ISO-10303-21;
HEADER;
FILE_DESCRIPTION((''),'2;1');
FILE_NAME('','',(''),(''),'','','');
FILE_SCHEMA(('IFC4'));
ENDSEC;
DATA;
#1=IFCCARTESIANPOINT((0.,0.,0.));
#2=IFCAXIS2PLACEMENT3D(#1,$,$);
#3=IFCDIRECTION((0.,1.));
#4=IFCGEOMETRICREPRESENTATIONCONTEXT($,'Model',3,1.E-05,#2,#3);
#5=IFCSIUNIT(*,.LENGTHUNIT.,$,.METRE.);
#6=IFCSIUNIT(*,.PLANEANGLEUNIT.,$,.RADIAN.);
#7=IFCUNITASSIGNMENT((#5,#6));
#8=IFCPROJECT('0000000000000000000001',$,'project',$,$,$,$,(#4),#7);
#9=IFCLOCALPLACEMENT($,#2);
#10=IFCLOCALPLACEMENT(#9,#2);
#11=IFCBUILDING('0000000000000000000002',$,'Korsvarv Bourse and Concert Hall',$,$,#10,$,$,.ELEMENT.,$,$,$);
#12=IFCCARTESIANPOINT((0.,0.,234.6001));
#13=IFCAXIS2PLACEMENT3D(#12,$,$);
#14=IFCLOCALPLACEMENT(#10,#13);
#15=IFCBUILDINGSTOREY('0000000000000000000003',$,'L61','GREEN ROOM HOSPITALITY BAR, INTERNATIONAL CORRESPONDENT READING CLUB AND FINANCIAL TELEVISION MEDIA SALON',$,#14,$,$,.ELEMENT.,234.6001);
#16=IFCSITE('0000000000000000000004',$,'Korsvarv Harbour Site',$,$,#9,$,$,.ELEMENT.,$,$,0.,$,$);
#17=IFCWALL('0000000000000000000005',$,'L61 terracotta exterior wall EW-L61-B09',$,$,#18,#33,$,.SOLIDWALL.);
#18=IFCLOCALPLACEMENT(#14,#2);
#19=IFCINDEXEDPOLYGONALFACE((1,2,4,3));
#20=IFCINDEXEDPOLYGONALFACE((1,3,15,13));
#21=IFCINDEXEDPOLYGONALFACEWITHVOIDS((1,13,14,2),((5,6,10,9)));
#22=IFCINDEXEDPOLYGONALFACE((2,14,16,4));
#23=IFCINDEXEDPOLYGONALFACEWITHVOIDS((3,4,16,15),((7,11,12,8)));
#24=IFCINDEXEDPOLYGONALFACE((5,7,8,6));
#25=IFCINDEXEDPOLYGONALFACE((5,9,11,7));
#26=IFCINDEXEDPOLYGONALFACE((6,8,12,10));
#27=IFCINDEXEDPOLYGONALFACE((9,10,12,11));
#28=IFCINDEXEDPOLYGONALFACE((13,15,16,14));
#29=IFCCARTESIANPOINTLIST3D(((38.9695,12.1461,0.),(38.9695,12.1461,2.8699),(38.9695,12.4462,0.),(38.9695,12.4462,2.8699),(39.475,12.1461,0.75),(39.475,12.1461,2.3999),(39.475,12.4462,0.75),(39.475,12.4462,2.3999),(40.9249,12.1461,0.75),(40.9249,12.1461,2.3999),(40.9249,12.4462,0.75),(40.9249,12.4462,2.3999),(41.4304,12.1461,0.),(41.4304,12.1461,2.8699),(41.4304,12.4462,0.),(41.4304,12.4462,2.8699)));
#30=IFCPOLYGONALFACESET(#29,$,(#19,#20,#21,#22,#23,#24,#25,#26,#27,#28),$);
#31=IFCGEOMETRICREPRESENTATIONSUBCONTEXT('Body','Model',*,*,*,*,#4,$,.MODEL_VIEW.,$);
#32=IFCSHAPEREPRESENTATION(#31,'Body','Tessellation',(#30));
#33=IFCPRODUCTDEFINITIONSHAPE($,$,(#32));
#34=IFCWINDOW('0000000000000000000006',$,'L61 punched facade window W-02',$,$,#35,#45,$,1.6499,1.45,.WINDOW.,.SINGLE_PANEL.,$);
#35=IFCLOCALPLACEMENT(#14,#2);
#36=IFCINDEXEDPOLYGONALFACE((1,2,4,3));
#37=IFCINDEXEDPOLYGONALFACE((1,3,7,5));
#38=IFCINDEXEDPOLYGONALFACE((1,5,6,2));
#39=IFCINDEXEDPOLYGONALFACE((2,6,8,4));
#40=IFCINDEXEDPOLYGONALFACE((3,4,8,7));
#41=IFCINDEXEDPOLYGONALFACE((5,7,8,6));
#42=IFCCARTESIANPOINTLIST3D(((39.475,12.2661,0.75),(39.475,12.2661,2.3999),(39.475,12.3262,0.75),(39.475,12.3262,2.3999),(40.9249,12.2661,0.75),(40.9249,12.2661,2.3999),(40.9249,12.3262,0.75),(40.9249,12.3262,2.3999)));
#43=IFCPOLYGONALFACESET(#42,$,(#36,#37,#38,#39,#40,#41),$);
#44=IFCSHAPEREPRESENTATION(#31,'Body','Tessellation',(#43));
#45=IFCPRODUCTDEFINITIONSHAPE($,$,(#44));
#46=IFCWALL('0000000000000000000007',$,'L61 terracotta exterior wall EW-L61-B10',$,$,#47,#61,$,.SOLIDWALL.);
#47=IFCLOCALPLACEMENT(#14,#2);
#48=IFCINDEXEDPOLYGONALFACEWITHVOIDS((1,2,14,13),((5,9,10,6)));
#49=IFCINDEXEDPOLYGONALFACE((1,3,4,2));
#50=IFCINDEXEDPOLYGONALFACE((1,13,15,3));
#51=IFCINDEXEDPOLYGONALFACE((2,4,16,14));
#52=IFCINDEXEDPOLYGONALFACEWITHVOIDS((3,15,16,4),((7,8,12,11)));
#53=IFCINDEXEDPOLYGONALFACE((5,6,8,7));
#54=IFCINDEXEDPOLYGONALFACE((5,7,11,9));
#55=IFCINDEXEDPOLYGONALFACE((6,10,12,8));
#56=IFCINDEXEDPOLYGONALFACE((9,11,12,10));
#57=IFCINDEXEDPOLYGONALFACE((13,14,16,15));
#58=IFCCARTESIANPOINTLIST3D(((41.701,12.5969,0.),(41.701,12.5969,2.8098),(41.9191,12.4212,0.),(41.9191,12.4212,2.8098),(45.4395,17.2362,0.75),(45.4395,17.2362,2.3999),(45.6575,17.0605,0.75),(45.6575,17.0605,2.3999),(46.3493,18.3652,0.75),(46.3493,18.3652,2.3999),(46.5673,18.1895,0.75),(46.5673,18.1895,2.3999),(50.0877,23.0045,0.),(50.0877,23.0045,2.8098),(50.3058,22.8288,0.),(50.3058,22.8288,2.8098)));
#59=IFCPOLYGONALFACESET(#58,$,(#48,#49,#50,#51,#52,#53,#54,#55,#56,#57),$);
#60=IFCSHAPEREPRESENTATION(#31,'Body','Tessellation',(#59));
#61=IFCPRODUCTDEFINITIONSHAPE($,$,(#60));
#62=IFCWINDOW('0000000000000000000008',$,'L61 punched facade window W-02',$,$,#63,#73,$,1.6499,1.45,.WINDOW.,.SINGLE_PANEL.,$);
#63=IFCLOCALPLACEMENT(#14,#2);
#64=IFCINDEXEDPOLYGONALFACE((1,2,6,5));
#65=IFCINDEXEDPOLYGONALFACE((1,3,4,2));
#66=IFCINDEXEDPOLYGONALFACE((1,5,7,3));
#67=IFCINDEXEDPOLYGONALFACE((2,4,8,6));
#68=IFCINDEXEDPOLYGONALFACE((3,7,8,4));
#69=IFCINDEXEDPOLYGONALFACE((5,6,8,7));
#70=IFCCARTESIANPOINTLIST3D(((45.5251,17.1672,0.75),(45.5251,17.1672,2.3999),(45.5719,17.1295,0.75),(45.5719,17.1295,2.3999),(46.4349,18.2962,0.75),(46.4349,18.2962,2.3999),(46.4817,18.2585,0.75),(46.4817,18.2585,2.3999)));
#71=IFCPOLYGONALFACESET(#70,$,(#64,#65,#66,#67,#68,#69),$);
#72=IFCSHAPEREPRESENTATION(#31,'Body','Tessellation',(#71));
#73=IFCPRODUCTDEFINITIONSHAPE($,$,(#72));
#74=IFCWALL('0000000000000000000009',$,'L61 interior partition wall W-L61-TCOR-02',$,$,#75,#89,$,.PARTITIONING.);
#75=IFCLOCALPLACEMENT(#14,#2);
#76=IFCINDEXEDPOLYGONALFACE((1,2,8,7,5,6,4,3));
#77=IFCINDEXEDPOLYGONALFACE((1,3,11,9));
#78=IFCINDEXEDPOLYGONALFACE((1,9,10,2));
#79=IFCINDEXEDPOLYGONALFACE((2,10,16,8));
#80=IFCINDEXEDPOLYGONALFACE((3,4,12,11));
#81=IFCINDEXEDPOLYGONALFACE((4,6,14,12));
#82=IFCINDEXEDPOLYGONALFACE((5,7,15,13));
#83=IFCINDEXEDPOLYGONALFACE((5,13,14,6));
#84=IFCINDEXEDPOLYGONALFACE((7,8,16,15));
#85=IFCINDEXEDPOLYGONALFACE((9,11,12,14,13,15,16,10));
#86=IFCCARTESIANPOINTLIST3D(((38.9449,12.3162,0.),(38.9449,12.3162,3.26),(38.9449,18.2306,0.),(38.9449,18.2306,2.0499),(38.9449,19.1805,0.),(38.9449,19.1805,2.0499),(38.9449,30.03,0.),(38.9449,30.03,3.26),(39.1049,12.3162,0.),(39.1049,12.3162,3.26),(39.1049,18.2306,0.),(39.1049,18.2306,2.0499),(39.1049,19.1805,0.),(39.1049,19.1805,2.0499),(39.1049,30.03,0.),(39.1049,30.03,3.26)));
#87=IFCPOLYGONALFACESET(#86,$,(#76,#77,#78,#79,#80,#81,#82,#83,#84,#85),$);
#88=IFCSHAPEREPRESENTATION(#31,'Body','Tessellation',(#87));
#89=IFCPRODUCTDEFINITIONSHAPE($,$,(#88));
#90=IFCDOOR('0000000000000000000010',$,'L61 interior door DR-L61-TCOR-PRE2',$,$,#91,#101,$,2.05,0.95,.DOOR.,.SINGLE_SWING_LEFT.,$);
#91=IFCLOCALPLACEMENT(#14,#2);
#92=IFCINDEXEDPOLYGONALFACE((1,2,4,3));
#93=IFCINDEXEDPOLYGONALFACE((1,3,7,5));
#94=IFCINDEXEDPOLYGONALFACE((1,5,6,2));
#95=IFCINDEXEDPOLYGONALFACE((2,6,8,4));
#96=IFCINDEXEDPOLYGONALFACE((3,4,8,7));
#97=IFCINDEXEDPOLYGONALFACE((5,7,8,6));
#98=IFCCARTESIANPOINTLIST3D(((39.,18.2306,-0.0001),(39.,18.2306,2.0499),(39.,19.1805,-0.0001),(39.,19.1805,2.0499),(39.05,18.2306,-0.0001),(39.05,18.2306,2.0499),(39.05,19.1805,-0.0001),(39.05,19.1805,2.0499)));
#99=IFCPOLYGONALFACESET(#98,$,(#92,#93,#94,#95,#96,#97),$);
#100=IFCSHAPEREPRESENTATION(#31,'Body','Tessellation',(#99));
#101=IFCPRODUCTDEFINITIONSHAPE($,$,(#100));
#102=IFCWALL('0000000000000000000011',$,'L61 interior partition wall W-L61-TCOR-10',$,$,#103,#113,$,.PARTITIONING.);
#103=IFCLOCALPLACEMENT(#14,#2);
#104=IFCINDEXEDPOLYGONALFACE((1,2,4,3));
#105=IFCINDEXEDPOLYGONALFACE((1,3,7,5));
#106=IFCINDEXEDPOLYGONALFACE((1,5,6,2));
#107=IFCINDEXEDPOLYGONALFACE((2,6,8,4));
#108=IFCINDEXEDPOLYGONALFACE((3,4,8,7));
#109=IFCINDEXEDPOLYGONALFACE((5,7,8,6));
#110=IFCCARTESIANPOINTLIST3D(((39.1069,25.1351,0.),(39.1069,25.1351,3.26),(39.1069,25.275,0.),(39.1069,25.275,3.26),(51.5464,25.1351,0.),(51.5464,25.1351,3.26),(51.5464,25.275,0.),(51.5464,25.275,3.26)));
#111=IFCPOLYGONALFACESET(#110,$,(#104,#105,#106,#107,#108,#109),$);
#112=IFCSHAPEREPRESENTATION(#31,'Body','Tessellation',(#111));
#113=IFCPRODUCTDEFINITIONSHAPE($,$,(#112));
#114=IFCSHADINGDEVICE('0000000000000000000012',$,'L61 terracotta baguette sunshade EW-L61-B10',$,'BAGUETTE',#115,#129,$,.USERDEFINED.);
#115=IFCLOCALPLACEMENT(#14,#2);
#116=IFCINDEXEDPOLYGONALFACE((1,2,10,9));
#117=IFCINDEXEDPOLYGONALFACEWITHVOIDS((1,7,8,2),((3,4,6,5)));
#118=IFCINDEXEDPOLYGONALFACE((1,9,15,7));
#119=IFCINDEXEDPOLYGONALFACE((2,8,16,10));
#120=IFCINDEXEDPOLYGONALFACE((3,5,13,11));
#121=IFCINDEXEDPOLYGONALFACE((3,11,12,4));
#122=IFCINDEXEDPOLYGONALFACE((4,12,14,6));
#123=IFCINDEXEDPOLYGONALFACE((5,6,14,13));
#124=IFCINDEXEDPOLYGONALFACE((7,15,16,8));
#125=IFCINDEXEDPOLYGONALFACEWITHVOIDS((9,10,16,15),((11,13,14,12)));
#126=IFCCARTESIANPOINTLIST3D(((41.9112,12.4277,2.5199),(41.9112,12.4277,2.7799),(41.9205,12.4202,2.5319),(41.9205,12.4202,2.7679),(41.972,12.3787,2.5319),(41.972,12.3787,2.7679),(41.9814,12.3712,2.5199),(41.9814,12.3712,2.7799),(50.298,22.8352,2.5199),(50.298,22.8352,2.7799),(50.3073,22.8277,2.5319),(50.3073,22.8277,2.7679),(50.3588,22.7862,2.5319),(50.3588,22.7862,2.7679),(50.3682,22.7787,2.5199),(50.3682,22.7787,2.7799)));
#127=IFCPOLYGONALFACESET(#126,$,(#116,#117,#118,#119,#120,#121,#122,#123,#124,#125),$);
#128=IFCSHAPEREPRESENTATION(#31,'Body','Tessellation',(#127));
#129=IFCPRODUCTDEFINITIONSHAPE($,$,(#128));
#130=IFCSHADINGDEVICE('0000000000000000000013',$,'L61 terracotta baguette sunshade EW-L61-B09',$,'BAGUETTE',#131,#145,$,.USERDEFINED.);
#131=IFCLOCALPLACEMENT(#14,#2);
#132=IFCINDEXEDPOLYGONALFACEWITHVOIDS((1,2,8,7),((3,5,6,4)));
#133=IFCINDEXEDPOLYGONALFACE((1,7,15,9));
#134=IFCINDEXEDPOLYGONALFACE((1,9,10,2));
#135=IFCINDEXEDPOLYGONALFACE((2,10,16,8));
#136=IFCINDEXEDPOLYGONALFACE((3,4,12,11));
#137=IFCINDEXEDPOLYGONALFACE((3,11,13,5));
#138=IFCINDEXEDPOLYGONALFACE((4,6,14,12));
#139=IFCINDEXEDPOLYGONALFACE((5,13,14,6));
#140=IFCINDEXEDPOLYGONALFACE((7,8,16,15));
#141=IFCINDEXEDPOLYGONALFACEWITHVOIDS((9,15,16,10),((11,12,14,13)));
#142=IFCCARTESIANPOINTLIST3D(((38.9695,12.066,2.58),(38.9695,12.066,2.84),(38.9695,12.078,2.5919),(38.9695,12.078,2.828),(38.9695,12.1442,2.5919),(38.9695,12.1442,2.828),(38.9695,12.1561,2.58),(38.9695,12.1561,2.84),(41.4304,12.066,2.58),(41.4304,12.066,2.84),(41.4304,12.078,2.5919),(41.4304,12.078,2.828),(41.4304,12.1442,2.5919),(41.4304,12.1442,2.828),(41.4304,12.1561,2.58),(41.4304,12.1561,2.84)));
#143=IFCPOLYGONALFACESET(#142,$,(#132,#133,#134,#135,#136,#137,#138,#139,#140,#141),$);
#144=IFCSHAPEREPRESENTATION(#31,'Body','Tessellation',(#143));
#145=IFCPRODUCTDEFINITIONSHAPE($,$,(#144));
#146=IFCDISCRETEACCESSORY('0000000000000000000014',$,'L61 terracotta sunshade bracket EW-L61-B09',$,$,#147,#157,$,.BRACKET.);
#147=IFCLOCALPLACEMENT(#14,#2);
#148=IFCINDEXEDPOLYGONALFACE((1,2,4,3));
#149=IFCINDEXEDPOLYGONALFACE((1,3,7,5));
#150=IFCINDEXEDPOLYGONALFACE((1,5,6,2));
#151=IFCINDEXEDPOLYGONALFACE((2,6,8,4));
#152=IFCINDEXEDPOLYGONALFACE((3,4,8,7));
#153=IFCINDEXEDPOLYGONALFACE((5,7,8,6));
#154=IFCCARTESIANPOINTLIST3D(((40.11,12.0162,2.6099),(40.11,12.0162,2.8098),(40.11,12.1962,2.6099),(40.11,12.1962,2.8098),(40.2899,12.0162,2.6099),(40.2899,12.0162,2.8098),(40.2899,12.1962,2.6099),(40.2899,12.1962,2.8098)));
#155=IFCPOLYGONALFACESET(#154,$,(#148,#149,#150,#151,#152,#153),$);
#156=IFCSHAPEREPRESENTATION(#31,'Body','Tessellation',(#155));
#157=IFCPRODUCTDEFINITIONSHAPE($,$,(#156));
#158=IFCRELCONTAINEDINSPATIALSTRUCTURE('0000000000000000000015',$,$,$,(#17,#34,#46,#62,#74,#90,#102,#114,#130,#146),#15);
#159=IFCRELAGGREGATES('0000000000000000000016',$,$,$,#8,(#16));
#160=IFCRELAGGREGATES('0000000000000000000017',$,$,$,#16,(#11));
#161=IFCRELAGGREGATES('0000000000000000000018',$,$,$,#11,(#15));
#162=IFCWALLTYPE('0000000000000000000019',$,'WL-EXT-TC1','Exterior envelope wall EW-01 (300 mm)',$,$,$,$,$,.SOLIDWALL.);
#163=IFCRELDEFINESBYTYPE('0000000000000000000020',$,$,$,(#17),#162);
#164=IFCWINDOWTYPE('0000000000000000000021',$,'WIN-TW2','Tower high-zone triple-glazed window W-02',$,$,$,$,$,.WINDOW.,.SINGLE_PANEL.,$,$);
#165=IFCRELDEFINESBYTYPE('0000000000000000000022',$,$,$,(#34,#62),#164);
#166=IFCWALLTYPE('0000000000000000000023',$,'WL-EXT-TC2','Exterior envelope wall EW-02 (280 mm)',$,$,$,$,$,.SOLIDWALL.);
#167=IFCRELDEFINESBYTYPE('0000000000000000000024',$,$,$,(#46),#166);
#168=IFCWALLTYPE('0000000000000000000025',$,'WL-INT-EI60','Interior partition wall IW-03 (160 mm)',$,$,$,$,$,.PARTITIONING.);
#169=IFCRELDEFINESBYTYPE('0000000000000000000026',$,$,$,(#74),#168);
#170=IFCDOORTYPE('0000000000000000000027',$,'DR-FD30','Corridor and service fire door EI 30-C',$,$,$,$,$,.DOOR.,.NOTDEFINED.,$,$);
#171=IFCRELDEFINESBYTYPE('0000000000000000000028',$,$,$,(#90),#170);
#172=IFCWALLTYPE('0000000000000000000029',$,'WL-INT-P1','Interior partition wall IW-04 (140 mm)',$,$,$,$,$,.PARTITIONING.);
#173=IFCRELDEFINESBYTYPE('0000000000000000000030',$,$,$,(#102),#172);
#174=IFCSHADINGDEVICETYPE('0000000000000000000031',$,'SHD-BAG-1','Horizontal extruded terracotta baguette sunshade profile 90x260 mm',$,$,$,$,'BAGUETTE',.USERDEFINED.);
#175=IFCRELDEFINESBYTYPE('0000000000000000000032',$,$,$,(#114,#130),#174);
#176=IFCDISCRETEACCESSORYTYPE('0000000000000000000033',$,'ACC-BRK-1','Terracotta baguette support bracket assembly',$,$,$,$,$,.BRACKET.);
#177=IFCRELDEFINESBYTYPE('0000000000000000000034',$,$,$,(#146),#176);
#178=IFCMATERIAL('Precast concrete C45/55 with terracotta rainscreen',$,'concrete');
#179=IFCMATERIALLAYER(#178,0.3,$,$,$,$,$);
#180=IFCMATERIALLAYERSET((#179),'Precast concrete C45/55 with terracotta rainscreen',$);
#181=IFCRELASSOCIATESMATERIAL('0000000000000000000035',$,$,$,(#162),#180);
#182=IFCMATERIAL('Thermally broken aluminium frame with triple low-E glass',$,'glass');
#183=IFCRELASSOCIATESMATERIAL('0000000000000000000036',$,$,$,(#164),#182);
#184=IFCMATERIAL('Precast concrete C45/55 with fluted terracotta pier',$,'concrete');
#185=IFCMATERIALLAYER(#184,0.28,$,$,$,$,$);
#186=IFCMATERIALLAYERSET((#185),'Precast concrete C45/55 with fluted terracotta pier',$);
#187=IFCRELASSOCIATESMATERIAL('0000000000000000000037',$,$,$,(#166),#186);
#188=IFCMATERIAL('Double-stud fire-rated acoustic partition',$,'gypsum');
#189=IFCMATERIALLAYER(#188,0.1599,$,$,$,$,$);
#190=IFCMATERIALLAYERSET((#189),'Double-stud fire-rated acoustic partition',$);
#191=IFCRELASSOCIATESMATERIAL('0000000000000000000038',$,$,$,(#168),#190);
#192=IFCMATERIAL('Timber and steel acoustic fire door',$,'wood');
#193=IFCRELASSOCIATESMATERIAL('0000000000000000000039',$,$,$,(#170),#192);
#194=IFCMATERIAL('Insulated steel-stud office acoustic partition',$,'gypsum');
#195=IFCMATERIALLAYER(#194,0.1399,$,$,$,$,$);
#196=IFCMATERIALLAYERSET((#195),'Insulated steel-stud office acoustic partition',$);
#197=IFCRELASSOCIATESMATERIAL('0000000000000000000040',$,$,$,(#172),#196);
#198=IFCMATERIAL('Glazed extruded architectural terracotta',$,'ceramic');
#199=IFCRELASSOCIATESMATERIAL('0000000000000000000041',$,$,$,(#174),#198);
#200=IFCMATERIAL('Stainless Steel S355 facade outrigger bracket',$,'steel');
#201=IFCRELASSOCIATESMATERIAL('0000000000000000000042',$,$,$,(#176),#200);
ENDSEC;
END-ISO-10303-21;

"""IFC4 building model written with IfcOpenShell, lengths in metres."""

from ifc_helpers import new_model, si_unit, direction, frame, frame_2d, origin, origin_2d, place, context, subcontext, project, spatial, rectangle, hollow_rectangle, extrude, source, transform, mapped, material, layer, layer_set, material_profile, profile_set, type_object, element, fill, save


model = new_model("IFC4")

# Units and contexts
model_context = context("Model", 3, precision=1e-05, world=origin(), true_north=direction((0.0, 1.0)))
body_context = subcontext(model_context, "Body", "Model", "MODEL_VIEW")
ifc_project = project(units=[si_unit("LENGTHUNIT", "METRE"), si_unit("PLANEANGLEUNIT", "RADIAN")], contexts=[model_context])

# Site, building, storey
site_placement = place(None, origin())
site = spatial("IfcSite", under=ifc_project, at=site_placement, Name="Korsvarv Harbour Site", CompositionType="ELEMENT", RefElevation=0.0)
building_placement = place(site_placement, origin())
building = spatial("IfcBuilding", under=site, at=building_placement, Name="Korsvarv Bourse and Concert Hall", CompositionType="ELEMENT")
storey_placement = place(building_placement, frame((0.0, 0.0, 234.6001)))
storey = spatial("IfcBuildingStorey", under=building, at=storey_placement, Name="L61", Description="GREEN ROOM HOSPITALITY BAR, INTERNATIONAL CORRESPONDENT READING CLUB AND FINANCIAL TELEVISION MEDIA SALON", CompositionType="ELEMENT", Elevation=234.6001)

# Walls, openings, windows
ifc_material_1 = material(Name="Precast concrete C45/55 with terracotta rainscreen", Category="concrete")
ifc_layer_1 = layer(ifc_material_1, 0.3)
ifc_layer_set_1 = layer_set([ifc_layer_1], Name="Precast concrete C45/55 with terracotta rainscreen")
wall_type_1 = type_object("IfcWallType", Name="WL-EXT-TC1", Description="Exterior envelope wall EW-01 (300 mm)", PredefinedType="SOLIDWALL", material=ifc_layer_set_1)
wall_1_placement = place(storey_placement, frame((38.9695, 12.2961, 0.0), z_axis=(0.0, 0.0, 1.0), x_axis=(1.0, 0.0, 0.0)))
wall_1 = element("IfcWall", 1, at=wall_1_placement, inside=storey, type_object=wall_type_1, Name="L61 terracotta exterior wall EW-L61-B09", PredefinedType="SOLIDWALL", context=body_context, shape_type="SweptSolid", body=[
    extrude(rectangle(XDim=2.4609, YDim=0.3, at=frame_2d((1.2305, 0.0))), origin(), (0.0, 0.0, 1.0), 2.8699),
])
opening_1_placement = place(wall_1_placement, frame((0.5054, 0.0, 0.75)))
opening_1 = element("IfcOpeningElement", 2, at=opening_1_placement, cuts=wall_1, PredefinedType="OPENING", context=body_context, shape_type="SweptSolid", body=[
    extrude(rectangle(XDim=1.45, YDim=1.6499, at=frame_2d((0.7251, 0.825))), frame((0.0, 0.1602, 0.0), z_axis=(0.0, -1.0, 0.0), x_axis=(1.0, 0.0, 0.0)), (0.0, 0.0, 1.0), 0.3201),
])
ifc_material_2 = material(Name="Thermally broken aluminium frame with triple low-E glass", Category="glass")
window_type = type_object("IfcWindowType", Name="WIN-TW2", Description="Tower high-zone triple-glazed window W-02", PartitioningType="SINGLE_PANEL", PredefinedType="WINDOW", material=ifc_material_2)
window_1_placement = place(opening_1_placement, origin())
window_1 = element("IfcWindow", 3, at=window_1_placement, inside=storey, type_object=window_type, Name="L61 punched facade window W-02", OverallHeight=1.6499, OverallWidth=1.45, PartitioningType="SINGLE_PANEL", PredefinedType="WINDOW", context=body_context, shape_type="SweptSolid", body=[
    extrude(rectangle(XDim=1.45, YDim=1.6499, at=frame_2d((0.7251, 0.825))), frame((0.0, 0.03, 0.0), z_axis=(0.0, -1.0, 0.0), x_axis=(1.0, 0.0, 0.0)), (0.0, 0.0, 1.0), 0.0601),
])
fill(opening_1, window_1)
ifc_material_3 = material(Name="Precast concrete C45/55 with fluted terracotta pier", Category="concrete")
ifc_layer_2 = layer(ifc_material_3, 0.28)
ifc_layer_set_2 = layer_set([ifc_layer_2], Name="Precast concrete C45/55 with fluted terracotta pier")
wall_type_2 = type_object("IfcWallType", Name="WL-EXT-TC2", Description="Exterior envelope wall EW-02 (280 mm)", PredefinedType="SOLIDWALL", material=ifc_layer_set_2)
wall_2_placement = place(storey_placement, frame((41.8101, 12.509, 0.0), z_axis=(0.0, 0.0, 1.0), x_axis=(0.627453, 0.778654, 0.0)))
wall_2 = element("IfcWall", 4, at=wall_2_placement, inside=storey, type_object=wall_type_2, Name="L61 terracotta exterior wall EW-L61-B10", PredefinedType="SOLIDWALL", context=body_context, shape_type="SweptSolid", body=[
    extrude(rectangle(XDim=13.3662, YDim=0.28, at=frame_2d((6.6831, 0.0))), origin(), (0.0, 0.0, 1.0), 2.8098),
])
opening_2_placement = place(wall_2_placement, frame((5.958, 0.0, 0.75)))
opening_2 = element("IfcOpeningElement", 5, at=opening_2_placement, cuts=wall_2, PredefinedType="OPENING", context=body_context, shape_type="SweptSolid", body=[
    extrude(rectangle(XDim=1.45, YDim=1.6499, at=frame_2d((0.7251, 0.825))), frame((0.0, 0.1499, 0.0), z_axis=(0.0, -1.0, 0.0), x_axis=(1.0, 0.0, 0.0)), (0.0, 0.0, 1.0), 0.3),
])
window_2_placement = place(opening_2_placement, origin())
window_2 = element("IfcWindow", 6, at=window_2_placement, inside=storey, type_object=window_type, Name="L61 punched facade window W-02", OverallHeight=1.6499, OverallWidth=1.45, PartitioningType="SINGLE_PANEL", PredefinedType="WINDOW", context=body_context, shape_type="SweptSolid", body=[
    extrude(rectangle(XDim=1.45, YDim=1.6499, at=frame_2d((0.7251, 0.825))), frame((0.0, 0.03, 0.0), z_axis=(0.0, -1.0, 0.0), x_axis=(1.0, 0.0, 0.0)), (0.0, 0.0, 1.0), 0.0601),
])
fill(opening_2, window_2)

# Wall, opening, door
ifc_material_4 = material(Name="Double-stud fire-rated acoustic partition", Category="gypsum")
ifc_layer_3 = layer(ifc_material_4, 0.1599)
ifc_layer_set_3 = layer_set([ifc_layer_3], Name="Double-stud fire-rated acoustic partition")
wall_type_3 = type_object("IfcWallType", Name="WL-INT-EI60", Description="Interior partition wall IW-03 (160 mm)", PredefinedType="PARTITIONING", material=ifc_layer_set_3)
wall_3_placement = place(storey_placement, frame((39.0249, 12.3162, 0.0), z_axis=(0.0, 0.0, 1.0), x_axis=(0.0, 1.0, 0.0)))
wall_3 = element("IfcWall", 7, at=wall_3_placement, inside=storey, type_object=wall_type_3, Name="L61 interior partition wall W-L61-TCOR-02", PredefinedType="PARTITIONING", context=body_context, shape_type="SweptSolid", body=[
    extrude(rectangle(XDim=17.7139, YDim=0.1599, at=frame_2d((8.8569, 0.0))), origin(), (0.0, 0.0, 1.0), 3.26),
])
opening_3_placement = place(wall_3_placement, frame((5.9143, 0.0, 0.0)))
opening_3 = element("IfcOpeningElement", 8, at=opening_3_placement, cuts=wall_3, PredefinedType="OPENING", context=body_context, shape_type="SweptSolid", body=[
    extrude(rectangle(XDim=0.95, YDim=2.05, at=frame_2d((0.4751, 1.0249))), frame((0.0, 0.0898, 0.0), z_axis=(0.0, -1.0, 0.0), x_axis=(1.0, 0.0, 0.0)), (0.0, 0.0, 1.0), 0.1799),
])
ifc_material_5 = material(Name="Timber and steel acoustic fire door", Category="wood")
door_type = type_object("IfcDoorType", Name="DR-FD30", Description="Corridor and service fire door EI 30-C", OperationType="NOTDEFINED", PredefinedType="DOOR", material=ifc_material_5)
door_placement = place(opening_3_placement, origin())
door = element("IfcDoor", 9, at=door_placement, inside=storey, type_object=door_type, Name="L61 interior door DR-L61-TCOR-PRE2", OperationType="SINGLE_SWING_LEFT", OverallHeight=2.05, OverallWidth=0.95, PredefinedType="DOOR", context=body_context, shape_type="SweptSolid", body=[
    extrude(rectangle(XDim=0.95, YDim=2.05, at=frame_2d((0.4751, 1.0249))), frame((0.0, 0.0249, 0.0), z_axis=(0.0, -1.0, 0.0), x_axis=(1.0, 0.0, 0.0)), (0.0, 0.0, 1.0), 0.05),
])
fill(opening_3, door)

# Wall
ifc_material_6 = material(Name="Insulated steel-stud office acoustic partition", Category="gypsum")
ifc_layer_4 = layer(ifc_material_6, 0.1399)
ifc_layer_set_4 = layer_set([ifc_layer_4], Name="Insulated steel-stud office acoustic partition")
wall_type_4 = type_object("IfcWallType", Name="WL-INT-P1", Description="Interior partition wall IW-04 (140 mm)", PredefinedType="PARTITIONING", material=ifc_layer_set_4)
wall_4_placement = place(storey_placement, frame((39.1069, 25.2051, 0.0), z_axis=(0.0, 0.0, 1.0), x_axis=(1.0, 0.0, 0.0)))
element("IfcWall", 10, at=wall_4_placement, inside=storey, type_object=wall_type_4, Name="L61 interior partition wall W-L61-TCOR-10", PredefinedType="PARTITIONING", context=body_context, shape_type="SweptSolid", body=[
    extrude(rectangle(XDim=12.4395, YDim=0.1399, at=frame_2d((6.2197, 0.0))), origin(), (0.0, 0.0, 1.0), 3.26),
])

# Shading devices
ifc_material_7 = material(Name="Glazed extruded architectural terracotta", Category="ceramic")
ifc_material_profile_1 = material_profile(ifc_material_7, hollow_rectangle(XDim=0.0901, YDim=0.26, WallThickness=0.012, at=origin_2d()), Name="TC-BAG 90x260")
ifc_profile_set_1 = profile_set([ifc_material_profile_1], Name="Glazed extruded architectural terracotta")
shading_device_type = type_object("IfcShadingDeviceType", Name="SHD-BAG-1", Description="Horizontal extruded terracotta baguette sunshade profile 90x260 mm", ElementType="BAGUETTE", PredefinedType="USERDEFINED", material=ifc_profile_set_1)
shared_shape_1 = source(origin(), body_context, "Body", "SweptSolid", [
    extrude(hollow_rectangle(XDim=0.0901, YDim=0.26, WallThickness=0.012, at=origin_2d()), origin(), (0.0, 0.0, 1.0), 13.3662),
])
shading_device_1_placement = place(storey_placement, frame((41.9463, 12.3994, 2.6499), z_axis=(0.627462, 0.778647, 0.0), x_axis=(-0.778647, 0.627462, 0.0)))
element("IfcShadingDevice", 11, at=shading_device_1_placement, inside=storey, type_object=shading_device_type, Name="L61 terracotta baguette sunshade EW-L61-B10", ObjectType="BAGUETTE", PredefinedType="USERDEFINED", context=body_context, shape_type="MappedRepresentation", body=[
    mapped(shared_shape_1, transform((0.0, 0.0, 0.0), scale=1.0)),
])
shared_shape_2 = source(origin(), body_context, "Body", "SweptSolid", [
    extrude(hollow_rectangle(XDim=0.0901, YDim=0.26, WallThickness=0.012, at=origin_2d()), origin(), (0.0, 0.0, 1.0), 2.4609),
])
shading_device_2_placement = place(storey_placement, frame((38.9695, 12.1111, 2.71), z_axis=(1.0, 0.0, 0.0), x_axis=(0.0, 1.0, 0.0)))
element("IfcShadingDevice", 12, at=shading_device_2_placement, inside=storey, type_object=shading_device_type, Name="L61 terracotta baguette sunshade EW-L61-B09", ObjectType="BAGUETTE", PredefinedType="USERDEFINED", context=body_context, shape_type="MappedRepresentation", body=[
    mapped(shared_shape_2, transform((0.0, 0.0, 0.0), scale=1.0)),
])

# Discrete accessory
ifc_material_8 = material(Name="Stainless Steel S355 facade outrigger bracket", Category="steel")
discrete_accessory_type = type_object("IfcDiscreteAccessoryType", Name="ACC-BRK-1", Description="Terracotta baguette support bracket assembly", PredefinedType="BRACKET", material=ifc_material_8)
shared_shape_3 = source(origin(), body_context, "Body", "SweptSolid", [
    extrude(rectangle(XDim=0.1799, YDim=0.1799, at=origin_2d()), origin(), (0.0, 0.0, 1.0), 0.2),
])
for number, where, z_axis, x_axis, name in (
    (13, (40.2, 12.1062, 2.6099), (0.0, 0.0, 1.0), (1.0, 0.0, 0.0), "L61 terracotta sunshade bracket EW-L61-B09"),
):
    element("IfcDiscreteAccessory", number, at=place(storey_placement, frame(where, z_axis=z_axis, x_axis=x_axis)), inside=storey, type_object=discrete_accessory_type, Name=name, PredefinedType="BRACKET", context=body_context, shape_type="MappedRepresentation", body=[
        mapped(shared_shape_3, transform((0.0, 0.0, 0.0), scale=1.0)),
    ])

save(model, "model.ifc")
